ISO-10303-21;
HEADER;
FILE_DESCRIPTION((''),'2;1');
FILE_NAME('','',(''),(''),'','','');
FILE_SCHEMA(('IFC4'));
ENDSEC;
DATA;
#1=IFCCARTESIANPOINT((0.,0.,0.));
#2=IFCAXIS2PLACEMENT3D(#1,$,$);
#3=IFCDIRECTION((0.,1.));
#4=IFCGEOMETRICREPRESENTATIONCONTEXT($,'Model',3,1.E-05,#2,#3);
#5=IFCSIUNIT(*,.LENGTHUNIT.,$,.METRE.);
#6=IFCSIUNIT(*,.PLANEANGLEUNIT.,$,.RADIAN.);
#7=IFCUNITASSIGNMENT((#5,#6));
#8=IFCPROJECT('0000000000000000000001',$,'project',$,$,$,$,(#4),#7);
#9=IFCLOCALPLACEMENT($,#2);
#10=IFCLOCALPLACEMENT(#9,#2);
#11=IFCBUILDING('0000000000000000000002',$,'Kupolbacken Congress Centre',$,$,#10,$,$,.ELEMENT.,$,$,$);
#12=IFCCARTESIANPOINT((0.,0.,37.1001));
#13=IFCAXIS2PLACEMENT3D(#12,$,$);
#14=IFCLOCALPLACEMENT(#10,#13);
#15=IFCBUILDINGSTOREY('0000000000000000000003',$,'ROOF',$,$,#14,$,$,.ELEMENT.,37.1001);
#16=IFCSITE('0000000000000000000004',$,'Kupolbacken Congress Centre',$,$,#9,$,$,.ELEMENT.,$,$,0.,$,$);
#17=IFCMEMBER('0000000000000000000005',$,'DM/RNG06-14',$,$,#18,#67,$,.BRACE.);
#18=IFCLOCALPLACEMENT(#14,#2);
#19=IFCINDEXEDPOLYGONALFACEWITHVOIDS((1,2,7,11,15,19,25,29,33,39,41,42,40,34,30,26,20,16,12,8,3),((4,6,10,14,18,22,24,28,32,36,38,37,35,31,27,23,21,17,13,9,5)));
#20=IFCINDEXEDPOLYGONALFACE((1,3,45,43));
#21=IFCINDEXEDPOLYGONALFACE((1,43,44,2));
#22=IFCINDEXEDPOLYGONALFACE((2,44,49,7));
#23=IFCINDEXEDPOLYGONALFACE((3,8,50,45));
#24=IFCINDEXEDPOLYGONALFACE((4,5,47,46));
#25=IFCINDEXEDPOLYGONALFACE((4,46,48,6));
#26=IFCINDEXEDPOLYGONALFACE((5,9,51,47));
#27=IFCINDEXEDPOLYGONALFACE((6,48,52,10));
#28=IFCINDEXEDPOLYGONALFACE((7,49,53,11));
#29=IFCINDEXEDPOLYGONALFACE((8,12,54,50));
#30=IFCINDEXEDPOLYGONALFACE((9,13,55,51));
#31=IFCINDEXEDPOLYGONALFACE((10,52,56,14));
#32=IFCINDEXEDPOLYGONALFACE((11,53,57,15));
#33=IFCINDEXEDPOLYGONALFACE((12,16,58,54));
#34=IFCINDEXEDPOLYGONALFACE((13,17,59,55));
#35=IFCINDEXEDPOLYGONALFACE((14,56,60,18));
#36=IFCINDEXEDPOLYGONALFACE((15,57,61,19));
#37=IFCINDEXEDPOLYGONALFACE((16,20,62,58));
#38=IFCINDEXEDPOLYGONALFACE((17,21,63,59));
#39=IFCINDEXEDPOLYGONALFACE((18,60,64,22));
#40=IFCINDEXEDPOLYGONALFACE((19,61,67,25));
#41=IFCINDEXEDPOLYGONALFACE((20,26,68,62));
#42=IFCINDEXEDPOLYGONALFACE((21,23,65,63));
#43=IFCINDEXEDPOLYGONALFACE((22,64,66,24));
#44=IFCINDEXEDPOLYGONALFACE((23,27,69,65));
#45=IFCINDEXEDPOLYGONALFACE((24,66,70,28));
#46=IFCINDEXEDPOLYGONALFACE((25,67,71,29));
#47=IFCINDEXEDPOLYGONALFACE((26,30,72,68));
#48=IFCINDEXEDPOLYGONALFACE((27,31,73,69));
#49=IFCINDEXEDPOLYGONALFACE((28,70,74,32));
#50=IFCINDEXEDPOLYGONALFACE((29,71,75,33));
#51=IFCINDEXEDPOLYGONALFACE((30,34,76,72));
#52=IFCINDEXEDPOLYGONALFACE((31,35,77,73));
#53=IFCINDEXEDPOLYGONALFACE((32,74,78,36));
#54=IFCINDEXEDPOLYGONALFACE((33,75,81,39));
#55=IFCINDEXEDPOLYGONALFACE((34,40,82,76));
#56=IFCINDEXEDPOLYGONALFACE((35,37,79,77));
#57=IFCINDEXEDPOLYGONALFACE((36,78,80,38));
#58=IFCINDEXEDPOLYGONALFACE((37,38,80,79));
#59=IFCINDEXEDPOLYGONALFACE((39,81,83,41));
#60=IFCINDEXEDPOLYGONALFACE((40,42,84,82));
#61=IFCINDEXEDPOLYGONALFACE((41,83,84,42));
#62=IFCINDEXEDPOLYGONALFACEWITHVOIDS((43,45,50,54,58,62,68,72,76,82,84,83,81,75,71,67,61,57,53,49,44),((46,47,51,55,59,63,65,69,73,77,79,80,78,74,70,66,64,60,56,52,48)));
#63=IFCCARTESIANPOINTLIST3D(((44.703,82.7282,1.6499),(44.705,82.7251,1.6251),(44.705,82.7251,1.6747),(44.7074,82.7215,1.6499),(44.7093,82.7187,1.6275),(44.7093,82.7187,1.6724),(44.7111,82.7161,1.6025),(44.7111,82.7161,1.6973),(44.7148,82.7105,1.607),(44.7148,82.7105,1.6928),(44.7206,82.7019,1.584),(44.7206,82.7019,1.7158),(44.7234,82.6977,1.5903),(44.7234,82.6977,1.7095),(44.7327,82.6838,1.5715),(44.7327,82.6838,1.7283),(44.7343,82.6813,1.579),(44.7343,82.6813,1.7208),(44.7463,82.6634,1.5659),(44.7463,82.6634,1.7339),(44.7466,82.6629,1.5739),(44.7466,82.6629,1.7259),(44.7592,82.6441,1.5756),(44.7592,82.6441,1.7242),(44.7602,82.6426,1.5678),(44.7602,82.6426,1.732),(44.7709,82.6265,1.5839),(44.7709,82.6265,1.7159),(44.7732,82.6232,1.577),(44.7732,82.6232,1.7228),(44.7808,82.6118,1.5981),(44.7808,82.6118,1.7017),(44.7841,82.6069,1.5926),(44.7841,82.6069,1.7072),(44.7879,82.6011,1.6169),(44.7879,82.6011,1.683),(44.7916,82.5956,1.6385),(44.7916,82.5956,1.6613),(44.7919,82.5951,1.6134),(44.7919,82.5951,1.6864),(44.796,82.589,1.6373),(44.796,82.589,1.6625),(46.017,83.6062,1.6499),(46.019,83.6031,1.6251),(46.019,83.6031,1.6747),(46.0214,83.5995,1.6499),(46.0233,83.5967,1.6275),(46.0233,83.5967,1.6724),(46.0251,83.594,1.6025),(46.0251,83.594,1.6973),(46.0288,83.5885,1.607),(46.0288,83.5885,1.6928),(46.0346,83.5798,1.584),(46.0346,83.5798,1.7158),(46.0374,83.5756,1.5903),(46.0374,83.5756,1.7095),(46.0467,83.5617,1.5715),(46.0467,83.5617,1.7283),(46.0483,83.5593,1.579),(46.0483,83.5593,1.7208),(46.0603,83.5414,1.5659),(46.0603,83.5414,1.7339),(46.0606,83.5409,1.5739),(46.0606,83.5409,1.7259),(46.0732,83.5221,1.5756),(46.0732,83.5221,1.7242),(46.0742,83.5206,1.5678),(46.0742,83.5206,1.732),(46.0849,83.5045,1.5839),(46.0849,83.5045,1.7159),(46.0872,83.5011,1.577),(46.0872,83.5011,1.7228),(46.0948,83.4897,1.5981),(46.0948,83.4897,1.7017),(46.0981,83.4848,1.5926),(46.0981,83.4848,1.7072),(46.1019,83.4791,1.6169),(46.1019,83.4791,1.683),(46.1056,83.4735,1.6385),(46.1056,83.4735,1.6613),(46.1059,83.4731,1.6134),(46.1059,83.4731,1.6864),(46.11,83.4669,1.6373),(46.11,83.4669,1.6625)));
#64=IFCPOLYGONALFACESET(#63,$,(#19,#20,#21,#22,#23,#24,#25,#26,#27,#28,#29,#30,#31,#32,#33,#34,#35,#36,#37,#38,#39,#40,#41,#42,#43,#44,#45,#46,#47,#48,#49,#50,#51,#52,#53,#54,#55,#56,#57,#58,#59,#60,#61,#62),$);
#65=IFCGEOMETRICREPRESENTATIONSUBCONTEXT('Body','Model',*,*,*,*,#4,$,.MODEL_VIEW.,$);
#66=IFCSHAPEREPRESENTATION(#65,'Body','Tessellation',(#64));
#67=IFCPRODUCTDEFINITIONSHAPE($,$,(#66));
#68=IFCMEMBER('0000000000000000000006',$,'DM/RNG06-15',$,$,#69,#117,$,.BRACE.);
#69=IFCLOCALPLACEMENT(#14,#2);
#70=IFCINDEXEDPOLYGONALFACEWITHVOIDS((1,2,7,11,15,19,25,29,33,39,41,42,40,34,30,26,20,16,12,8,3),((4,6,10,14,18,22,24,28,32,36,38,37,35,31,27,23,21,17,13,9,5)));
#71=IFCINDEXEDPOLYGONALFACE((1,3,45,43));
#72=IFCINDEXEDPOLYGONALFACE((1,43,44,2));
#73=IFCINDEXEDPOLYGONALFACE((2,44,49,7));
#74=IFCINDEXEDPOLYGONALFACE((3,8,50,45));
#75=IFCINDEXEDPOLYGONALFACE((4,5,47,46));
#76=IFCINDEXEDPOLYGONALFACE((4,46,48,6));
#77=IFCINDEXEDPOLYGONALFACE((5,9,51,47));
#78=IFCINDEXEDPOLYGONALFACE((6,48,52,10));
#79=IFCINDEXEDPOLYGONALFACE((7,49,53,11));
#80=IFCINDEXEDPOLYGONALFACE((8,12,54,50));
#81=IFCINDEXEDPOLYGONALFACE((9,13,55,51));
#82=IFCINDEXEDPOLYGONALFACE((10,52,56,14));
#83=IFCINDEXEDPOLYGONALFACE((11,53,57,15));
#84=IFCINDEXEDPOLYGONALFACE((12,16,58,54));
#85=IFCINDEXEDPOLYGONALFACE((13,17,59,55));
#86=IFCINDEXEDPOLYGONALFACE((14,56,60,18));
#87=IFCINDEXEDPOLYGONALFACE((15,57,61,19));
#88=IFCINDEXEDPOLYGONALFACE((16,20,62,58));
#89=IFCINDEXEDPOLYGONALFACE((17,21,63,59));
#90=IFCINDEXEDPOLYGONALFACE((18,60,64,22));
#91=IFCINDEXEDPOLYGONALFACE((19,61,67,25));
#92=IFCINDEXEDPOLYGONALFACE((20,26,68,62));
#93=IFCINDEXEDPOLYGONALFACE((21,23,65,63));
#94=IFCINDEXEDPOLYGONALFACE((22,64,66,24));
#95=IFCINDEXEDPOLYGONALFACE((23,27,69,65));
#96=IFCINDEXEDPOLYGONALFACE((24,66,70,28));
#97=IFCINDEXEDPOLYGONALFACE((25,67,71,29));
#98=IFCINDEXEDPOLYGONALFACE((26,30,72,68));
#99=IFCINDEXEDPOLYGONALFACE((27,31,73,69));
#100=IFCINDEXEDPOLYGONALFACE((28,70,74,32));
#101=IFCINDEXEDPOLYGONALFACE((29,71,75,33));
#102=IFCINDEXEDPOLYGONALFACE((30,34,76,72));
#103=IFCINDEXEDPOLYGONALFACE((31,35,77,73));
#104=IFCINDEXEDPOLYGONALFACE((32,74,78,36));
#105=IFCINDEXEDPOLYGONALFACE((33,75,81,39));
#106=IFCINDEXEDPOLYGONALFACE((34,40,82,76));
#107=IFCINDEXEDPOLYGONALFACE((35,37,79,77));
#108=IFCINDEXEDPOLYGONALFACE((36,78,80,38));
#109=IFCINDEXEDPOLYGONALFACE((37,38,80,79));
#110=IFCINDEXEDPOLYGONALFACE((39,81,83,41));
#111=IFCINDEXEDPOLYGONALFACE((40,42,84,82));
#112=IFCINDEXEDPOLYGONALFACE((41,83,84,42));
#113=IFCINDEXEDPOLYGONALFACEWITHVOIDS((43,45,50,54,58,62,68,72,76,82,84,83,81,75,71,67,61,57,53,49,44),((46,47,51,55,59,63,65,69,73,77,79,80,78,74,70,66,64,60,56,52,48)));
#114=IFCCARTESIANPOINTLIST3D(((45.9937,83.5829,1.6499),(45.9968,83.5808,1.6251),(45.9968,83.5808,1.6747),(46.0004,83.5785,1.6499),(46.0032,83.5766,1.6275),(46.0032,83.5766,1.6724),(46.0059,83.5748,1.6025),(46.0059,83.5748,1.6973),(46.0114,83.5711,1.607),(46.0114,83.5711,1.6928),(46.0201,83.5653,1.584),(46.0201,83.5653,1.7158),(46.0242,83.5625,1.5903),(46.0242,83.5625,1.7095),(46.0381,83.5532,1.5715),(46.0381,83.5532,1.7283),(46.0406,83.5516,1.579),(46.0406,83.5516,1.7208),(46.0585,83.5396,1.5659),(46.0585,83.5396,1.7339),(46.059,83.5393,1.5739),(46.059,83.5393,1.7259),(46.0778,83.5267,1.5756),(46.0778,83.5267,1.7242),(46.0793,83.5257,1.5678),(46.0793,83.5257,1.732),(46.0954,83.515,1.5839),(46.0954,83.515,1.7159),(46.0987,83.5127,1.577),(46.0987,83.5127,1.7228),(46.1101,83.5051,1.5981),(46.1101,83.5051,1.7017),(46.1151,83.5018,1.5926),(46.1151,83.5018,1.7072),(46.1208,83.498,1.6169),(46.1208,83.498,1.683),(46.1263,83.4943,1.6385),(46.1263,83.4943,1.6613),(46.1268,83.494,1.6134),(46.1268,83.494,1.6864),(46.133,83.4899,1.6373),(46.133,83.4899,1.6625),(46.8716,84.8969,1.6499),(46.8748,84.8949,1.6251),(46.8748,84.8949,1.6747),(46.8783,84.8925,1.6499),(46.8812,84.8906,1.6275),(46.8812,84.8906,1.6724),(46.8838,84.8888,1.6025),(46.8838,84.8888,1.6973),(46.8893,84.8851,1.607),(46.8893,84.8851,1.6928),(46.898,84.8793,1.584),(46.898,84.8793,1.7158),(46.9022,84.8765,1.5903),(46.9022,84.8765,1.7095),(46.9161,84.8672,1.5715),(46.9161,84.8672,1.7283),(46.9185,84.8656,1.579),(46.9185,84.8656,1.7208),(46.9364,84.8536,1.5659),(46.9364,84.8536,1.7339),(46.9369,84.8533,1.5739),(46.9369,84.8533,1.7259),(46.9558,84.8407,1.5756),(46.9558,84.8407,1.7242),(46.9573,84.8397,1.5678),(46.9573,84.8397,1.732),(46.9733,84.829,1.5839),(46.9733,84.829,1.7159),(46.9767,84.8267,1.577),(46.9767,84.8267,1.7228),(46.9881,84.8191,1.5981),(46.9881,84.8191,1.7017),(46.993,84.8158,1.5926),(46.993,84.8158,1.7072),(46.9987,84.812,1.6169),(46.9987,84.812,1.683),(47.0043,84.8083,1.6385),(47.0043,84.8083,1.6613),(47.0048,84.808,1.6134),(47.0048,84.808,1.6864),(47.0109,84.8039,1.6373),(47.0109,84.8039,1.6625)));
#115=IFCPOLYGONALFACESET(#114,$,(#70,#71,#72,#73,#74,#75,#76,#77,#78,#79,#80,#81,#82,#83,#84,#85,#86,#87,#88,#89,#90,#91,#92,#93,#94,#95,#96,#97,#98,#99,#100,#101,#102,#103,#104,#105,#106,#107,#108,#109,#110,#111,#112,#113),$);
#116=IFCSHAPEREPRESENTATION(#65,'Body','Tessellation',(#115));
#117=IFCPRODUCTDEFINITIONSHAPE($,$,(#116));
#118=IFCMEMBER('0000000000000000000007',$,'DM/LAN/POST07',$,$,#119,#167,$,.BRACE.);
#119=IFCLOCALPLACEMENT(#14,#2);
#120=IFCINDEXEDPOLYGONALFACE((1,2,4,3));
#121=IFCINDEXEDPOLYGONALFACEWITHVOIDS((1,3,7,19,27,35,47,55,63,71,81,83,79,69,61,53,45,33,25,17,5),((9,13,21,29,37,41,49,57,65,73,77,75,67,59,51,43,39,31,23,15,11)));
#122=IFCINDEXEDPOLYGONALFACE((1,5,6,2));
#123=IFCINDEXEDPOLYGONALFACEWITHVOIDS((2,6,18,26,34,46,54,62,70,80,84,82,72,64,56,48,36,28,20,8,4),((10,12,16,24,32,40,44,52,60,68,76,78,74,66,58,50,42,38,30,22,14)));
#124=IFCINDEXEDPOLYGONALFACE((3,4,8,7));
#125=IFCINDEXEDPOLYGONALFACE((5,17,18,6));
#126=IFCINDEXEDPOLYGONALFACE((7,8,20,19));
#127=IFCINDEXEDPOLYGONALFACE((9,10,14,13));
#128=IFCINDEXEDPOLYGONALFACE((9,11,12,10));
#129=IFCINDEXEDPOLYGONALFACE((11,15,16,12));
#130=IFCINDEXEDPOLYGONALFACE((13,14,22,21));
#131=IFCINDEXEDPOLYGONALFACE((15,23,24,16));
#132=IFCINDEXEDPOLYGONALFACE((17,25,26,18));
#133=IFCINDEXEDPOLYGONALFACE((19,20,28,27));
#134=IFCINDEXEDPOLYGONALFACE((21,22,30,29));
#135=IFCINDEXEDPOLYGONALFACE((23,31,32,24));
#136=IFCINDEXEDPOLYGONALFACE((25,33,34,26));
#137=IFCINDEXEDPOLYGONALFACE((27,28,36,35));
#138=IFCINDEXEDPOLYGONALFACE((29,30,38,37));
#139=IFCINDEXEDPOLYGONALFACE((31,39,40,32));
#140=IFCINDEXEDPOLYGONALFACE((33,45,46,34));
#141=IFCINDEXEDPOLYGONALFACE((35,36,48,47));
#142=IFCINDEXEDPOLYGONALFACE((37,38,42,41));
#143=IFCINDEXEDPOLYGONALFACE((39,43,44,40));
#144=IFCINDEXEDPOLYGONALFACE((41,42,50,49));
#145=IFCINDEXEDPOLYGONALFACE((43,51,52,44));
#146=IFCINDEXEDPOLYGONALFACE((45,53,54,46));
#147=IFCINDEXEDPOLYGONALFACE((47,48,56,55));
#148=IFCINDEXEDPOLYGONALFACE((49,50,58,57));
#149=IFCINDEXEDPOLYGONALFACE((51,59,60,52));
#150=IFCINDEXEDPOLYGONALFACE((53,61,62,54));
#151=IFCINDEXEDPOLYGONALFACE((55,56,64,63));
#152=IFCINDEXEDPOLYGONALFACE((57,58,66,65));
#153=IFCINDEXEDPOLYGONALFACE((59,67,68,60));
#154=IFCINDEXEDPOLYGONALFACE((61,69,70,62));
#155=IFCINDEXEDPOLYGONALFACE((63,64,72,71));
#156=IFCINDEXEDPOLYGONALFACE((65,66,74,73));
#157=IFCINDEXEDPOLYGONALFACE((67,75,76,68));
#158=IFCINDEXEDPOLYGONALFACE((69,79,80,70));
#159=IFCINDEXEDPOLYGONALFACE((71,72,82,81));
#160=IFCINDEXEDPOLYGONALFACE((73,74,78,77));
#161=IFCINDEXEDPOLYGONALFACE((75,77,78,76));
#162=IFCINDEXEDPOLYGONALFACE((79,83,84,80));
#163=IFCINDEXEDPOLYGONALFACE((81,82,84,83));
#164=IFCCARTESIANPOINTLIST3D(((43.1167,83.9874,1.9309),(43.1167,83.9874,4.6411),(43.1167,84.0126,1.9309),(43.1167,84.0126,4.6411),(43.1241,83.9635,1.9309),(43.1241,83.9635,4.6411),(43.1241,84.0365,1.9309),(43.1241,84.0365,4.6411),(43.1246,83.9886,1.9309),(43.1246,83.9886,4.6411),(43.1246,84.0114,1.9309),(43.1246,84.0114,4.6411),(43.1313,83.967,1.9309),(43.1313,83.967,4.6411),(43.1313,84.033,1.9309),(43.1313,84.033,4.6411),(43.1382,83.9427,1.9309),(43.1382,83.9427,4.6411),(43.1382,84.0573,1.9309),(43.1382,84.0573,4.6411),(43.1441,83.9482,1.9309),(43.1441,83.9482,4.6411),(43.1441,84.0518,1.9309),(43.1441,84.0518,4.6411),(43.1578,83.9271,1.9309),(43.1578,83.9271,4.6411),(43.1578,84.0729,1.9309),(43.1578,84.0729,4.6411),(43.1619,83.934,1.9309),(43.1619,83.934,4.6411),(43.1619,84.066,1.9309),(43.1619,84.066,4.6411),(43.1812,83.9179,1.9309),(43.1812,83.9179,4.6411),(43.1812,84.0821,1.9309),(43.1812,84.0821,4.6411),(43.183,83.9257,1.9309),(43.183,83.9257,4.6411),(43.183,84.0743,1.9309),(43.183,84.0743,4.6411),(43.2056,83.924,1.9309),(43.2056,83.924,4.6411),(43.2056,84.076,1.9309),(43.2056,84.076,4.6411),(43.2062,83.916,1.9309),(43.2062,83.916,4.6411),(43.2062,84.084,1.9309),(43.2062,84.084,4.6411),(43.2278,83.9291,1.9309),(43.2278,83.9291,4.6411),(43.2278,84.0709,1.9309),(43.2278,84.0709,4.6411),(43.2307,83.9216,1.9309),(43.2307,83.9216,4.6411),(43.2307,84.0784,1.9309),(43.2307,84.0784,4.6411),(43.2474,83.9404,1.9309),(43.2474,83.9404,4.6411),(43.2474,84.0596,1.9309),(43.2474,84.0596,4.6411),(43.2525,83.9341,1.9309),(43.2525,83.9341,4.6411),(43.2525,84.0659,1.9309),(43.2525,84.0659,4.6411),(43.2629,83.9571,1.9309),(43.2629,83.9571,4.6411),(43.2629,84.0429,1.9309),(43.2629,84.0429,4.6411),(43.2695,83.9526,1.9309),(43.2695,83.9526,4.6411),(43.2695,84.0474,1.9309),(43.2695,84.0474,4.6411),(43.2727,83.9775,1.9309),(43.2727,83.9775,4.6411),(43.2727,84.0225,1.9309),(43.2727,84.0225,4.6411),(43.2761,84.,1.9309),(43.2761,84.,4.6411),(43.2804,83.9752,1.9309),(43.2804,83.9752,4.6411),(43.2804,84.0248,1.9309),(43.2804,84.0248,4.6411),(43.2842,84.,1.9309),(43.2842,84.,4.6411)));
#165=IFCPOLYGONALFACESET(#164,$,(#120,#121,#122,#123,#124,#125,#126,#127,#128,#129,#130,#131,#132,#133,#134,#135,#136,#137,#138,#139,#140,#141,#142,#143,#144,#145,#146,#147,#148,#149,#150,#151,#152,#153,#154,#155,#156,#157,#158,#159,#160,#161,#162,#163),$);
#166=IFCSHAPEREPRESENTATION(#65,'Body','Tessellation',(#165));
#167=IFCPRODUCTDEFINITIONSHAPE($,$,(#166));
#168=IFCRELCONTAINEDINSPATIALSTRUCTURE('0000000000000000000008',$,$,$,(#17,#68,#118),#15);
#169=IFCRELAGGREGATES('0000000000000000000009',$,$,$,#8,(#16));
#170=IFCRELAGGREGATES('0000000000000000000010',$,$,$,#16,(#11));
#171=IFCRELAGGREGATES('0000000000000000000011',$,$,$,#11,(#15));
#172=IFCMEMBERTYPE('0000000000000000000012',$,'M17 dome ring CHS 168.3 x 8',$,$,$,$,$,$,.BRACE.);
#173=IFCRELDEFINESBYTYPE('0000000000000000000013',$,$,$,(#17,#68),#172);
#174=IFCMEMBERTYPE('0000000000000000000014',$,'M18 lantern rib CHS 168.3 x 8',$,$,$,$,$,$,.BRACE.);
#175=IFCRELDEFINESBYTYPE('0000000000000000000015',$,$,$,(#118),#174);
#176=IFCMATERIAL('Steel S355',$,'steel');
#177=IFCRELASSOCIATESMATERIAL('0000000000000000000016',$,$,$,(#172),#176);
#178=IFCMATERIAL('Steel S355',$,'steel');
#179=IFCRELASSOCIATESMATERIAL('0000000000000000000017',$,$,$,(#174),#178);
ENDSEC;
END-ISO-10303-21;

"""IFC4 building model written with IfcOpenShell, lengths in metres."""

from ifc_helpers import new_model, si_unit, direction, frame, origin, origin_2d, place, context, subcontext, project, spatial, hollow_circle, extrude, material, material_profile, profile_set, type_object, element, save


model = new_model("IFC4")

# Units and contexts
model_context = context("Model", 3, precision=1e-05, world=origin(), true_north=direction((0.0, 1.0)))
body_context = subcontext(model_context, "Body", "Model", "MODEL_VIEW")
ifc_project = project(units=[si_unit("LENGTHUNIT", "METRE"), si_unit("PLANEANGLEUNIT", "RADIAN")], contexts=[model_context])

# Site, building, storey
site_placement = place(None, origin())
site = spatial("IfcSite", under=ifc_project, at=site_placement, Name="Kupolbacken Congress Centre", CompositionType="ELEMENT", RefElevation=0.0)
building_placement = place(site_placement, origin())
building = spatial("IfcBuilding", under=site, at=building_placement, Name="Kupolbacken Congress Centre", CompositionType="ELEMENT")
storey_placement = place(building_placement, frame((0.0, 0.0, 37.1001)))
storey = spatial("IfcBuildingStorey", under=building, at=storey_placement, Name="ROOF", CompositionType="ELEMENT", Elevation=37.1001)

# Members
ifc_material_1 = material(Name="Steel S355", Category="steel")
ifc_material_profile_1 = material_profile(ifc_material_1, hollow_circle(Radius=0.0842, WallThickness=0.0081, at=origin_2d()), Name="CHS 168.3 x 8")
ifc_profile_set_1 = profile_set([ifc_material_profile_1], Name="Steel S355")
member_type_1 = type_object("IfcMemberType", Name="M17 dome ring CHS 168.3 x 8", PredefinedType="BRACE", material=ifc_profile_set_1)
for number, where, z_axis, x_axis, name in (
    (1, (44.7498, 82.6582, 1.6499), (0.831479, 0.555556, 0.0), (-0.555556, 0.831479, 0.0), "DM/RNG06-14"),
    (2, (46.0637, 83.5361, 1.6499), (0.555556, 0.831479, 0.0), (-0.831479, 0.555556, 0.0), "DM/RNG06-15"),
):
    element("IfcMember", number, at=place(storey_placement, frame(where, z_axis=z_axis, x_axis=x_axis)), inside=storey, type_object=member_type_1, Name=name, PredefinedType="BRACE", context=body_context, shape_type="SweptSolid", body=[
        extrude(hollow_circle(Radius=0.0842, WallThickness=0.0081, at=origin_2d()), origin(), (0.0, 0.0, 1.0), 1.5803),
    ])
ifc_material_2 = material(Name="Steel S355", Category="steel")
ifc_material_profile_2 = material_profile(ifc_material_2, hollow_circle(Radius=0.0842, WallThickness=0.0081, at=origin_2d()), Name="CHS 168.3 x 8")
ifc_profile_set_2 = profile_set([ifc_material_profile_2], Name="Steel S355")
member_type_2 = type_object("IfcMemberType", Name="M18 lantern rib CHS 168.3 x 8", PredefinedType="BRACE", material=ifc_profile_set_2)
member_1_placement = place(storey_placement, frame((43.2, 84.0, 1.9309), z_axis=(0.0, 0.0, 1.0), x_axis=(1.0, 0.0, 0.0)))
element("IfcMember", 3, at=member_1_placement, inside=storey, type_object=member_type_2, Name="DM/LAN/POST07", PredefinedType="BRACE", context=body_context, shape_type="SweptSolid", body=[
    extrude(hollow_circle(Radius=0.0842, WallThickness=0.0081, at=origin_2d()), origin(), (0.0, 0.0, 1.0), 2.7102),
])

save(model, "model.ifc")
